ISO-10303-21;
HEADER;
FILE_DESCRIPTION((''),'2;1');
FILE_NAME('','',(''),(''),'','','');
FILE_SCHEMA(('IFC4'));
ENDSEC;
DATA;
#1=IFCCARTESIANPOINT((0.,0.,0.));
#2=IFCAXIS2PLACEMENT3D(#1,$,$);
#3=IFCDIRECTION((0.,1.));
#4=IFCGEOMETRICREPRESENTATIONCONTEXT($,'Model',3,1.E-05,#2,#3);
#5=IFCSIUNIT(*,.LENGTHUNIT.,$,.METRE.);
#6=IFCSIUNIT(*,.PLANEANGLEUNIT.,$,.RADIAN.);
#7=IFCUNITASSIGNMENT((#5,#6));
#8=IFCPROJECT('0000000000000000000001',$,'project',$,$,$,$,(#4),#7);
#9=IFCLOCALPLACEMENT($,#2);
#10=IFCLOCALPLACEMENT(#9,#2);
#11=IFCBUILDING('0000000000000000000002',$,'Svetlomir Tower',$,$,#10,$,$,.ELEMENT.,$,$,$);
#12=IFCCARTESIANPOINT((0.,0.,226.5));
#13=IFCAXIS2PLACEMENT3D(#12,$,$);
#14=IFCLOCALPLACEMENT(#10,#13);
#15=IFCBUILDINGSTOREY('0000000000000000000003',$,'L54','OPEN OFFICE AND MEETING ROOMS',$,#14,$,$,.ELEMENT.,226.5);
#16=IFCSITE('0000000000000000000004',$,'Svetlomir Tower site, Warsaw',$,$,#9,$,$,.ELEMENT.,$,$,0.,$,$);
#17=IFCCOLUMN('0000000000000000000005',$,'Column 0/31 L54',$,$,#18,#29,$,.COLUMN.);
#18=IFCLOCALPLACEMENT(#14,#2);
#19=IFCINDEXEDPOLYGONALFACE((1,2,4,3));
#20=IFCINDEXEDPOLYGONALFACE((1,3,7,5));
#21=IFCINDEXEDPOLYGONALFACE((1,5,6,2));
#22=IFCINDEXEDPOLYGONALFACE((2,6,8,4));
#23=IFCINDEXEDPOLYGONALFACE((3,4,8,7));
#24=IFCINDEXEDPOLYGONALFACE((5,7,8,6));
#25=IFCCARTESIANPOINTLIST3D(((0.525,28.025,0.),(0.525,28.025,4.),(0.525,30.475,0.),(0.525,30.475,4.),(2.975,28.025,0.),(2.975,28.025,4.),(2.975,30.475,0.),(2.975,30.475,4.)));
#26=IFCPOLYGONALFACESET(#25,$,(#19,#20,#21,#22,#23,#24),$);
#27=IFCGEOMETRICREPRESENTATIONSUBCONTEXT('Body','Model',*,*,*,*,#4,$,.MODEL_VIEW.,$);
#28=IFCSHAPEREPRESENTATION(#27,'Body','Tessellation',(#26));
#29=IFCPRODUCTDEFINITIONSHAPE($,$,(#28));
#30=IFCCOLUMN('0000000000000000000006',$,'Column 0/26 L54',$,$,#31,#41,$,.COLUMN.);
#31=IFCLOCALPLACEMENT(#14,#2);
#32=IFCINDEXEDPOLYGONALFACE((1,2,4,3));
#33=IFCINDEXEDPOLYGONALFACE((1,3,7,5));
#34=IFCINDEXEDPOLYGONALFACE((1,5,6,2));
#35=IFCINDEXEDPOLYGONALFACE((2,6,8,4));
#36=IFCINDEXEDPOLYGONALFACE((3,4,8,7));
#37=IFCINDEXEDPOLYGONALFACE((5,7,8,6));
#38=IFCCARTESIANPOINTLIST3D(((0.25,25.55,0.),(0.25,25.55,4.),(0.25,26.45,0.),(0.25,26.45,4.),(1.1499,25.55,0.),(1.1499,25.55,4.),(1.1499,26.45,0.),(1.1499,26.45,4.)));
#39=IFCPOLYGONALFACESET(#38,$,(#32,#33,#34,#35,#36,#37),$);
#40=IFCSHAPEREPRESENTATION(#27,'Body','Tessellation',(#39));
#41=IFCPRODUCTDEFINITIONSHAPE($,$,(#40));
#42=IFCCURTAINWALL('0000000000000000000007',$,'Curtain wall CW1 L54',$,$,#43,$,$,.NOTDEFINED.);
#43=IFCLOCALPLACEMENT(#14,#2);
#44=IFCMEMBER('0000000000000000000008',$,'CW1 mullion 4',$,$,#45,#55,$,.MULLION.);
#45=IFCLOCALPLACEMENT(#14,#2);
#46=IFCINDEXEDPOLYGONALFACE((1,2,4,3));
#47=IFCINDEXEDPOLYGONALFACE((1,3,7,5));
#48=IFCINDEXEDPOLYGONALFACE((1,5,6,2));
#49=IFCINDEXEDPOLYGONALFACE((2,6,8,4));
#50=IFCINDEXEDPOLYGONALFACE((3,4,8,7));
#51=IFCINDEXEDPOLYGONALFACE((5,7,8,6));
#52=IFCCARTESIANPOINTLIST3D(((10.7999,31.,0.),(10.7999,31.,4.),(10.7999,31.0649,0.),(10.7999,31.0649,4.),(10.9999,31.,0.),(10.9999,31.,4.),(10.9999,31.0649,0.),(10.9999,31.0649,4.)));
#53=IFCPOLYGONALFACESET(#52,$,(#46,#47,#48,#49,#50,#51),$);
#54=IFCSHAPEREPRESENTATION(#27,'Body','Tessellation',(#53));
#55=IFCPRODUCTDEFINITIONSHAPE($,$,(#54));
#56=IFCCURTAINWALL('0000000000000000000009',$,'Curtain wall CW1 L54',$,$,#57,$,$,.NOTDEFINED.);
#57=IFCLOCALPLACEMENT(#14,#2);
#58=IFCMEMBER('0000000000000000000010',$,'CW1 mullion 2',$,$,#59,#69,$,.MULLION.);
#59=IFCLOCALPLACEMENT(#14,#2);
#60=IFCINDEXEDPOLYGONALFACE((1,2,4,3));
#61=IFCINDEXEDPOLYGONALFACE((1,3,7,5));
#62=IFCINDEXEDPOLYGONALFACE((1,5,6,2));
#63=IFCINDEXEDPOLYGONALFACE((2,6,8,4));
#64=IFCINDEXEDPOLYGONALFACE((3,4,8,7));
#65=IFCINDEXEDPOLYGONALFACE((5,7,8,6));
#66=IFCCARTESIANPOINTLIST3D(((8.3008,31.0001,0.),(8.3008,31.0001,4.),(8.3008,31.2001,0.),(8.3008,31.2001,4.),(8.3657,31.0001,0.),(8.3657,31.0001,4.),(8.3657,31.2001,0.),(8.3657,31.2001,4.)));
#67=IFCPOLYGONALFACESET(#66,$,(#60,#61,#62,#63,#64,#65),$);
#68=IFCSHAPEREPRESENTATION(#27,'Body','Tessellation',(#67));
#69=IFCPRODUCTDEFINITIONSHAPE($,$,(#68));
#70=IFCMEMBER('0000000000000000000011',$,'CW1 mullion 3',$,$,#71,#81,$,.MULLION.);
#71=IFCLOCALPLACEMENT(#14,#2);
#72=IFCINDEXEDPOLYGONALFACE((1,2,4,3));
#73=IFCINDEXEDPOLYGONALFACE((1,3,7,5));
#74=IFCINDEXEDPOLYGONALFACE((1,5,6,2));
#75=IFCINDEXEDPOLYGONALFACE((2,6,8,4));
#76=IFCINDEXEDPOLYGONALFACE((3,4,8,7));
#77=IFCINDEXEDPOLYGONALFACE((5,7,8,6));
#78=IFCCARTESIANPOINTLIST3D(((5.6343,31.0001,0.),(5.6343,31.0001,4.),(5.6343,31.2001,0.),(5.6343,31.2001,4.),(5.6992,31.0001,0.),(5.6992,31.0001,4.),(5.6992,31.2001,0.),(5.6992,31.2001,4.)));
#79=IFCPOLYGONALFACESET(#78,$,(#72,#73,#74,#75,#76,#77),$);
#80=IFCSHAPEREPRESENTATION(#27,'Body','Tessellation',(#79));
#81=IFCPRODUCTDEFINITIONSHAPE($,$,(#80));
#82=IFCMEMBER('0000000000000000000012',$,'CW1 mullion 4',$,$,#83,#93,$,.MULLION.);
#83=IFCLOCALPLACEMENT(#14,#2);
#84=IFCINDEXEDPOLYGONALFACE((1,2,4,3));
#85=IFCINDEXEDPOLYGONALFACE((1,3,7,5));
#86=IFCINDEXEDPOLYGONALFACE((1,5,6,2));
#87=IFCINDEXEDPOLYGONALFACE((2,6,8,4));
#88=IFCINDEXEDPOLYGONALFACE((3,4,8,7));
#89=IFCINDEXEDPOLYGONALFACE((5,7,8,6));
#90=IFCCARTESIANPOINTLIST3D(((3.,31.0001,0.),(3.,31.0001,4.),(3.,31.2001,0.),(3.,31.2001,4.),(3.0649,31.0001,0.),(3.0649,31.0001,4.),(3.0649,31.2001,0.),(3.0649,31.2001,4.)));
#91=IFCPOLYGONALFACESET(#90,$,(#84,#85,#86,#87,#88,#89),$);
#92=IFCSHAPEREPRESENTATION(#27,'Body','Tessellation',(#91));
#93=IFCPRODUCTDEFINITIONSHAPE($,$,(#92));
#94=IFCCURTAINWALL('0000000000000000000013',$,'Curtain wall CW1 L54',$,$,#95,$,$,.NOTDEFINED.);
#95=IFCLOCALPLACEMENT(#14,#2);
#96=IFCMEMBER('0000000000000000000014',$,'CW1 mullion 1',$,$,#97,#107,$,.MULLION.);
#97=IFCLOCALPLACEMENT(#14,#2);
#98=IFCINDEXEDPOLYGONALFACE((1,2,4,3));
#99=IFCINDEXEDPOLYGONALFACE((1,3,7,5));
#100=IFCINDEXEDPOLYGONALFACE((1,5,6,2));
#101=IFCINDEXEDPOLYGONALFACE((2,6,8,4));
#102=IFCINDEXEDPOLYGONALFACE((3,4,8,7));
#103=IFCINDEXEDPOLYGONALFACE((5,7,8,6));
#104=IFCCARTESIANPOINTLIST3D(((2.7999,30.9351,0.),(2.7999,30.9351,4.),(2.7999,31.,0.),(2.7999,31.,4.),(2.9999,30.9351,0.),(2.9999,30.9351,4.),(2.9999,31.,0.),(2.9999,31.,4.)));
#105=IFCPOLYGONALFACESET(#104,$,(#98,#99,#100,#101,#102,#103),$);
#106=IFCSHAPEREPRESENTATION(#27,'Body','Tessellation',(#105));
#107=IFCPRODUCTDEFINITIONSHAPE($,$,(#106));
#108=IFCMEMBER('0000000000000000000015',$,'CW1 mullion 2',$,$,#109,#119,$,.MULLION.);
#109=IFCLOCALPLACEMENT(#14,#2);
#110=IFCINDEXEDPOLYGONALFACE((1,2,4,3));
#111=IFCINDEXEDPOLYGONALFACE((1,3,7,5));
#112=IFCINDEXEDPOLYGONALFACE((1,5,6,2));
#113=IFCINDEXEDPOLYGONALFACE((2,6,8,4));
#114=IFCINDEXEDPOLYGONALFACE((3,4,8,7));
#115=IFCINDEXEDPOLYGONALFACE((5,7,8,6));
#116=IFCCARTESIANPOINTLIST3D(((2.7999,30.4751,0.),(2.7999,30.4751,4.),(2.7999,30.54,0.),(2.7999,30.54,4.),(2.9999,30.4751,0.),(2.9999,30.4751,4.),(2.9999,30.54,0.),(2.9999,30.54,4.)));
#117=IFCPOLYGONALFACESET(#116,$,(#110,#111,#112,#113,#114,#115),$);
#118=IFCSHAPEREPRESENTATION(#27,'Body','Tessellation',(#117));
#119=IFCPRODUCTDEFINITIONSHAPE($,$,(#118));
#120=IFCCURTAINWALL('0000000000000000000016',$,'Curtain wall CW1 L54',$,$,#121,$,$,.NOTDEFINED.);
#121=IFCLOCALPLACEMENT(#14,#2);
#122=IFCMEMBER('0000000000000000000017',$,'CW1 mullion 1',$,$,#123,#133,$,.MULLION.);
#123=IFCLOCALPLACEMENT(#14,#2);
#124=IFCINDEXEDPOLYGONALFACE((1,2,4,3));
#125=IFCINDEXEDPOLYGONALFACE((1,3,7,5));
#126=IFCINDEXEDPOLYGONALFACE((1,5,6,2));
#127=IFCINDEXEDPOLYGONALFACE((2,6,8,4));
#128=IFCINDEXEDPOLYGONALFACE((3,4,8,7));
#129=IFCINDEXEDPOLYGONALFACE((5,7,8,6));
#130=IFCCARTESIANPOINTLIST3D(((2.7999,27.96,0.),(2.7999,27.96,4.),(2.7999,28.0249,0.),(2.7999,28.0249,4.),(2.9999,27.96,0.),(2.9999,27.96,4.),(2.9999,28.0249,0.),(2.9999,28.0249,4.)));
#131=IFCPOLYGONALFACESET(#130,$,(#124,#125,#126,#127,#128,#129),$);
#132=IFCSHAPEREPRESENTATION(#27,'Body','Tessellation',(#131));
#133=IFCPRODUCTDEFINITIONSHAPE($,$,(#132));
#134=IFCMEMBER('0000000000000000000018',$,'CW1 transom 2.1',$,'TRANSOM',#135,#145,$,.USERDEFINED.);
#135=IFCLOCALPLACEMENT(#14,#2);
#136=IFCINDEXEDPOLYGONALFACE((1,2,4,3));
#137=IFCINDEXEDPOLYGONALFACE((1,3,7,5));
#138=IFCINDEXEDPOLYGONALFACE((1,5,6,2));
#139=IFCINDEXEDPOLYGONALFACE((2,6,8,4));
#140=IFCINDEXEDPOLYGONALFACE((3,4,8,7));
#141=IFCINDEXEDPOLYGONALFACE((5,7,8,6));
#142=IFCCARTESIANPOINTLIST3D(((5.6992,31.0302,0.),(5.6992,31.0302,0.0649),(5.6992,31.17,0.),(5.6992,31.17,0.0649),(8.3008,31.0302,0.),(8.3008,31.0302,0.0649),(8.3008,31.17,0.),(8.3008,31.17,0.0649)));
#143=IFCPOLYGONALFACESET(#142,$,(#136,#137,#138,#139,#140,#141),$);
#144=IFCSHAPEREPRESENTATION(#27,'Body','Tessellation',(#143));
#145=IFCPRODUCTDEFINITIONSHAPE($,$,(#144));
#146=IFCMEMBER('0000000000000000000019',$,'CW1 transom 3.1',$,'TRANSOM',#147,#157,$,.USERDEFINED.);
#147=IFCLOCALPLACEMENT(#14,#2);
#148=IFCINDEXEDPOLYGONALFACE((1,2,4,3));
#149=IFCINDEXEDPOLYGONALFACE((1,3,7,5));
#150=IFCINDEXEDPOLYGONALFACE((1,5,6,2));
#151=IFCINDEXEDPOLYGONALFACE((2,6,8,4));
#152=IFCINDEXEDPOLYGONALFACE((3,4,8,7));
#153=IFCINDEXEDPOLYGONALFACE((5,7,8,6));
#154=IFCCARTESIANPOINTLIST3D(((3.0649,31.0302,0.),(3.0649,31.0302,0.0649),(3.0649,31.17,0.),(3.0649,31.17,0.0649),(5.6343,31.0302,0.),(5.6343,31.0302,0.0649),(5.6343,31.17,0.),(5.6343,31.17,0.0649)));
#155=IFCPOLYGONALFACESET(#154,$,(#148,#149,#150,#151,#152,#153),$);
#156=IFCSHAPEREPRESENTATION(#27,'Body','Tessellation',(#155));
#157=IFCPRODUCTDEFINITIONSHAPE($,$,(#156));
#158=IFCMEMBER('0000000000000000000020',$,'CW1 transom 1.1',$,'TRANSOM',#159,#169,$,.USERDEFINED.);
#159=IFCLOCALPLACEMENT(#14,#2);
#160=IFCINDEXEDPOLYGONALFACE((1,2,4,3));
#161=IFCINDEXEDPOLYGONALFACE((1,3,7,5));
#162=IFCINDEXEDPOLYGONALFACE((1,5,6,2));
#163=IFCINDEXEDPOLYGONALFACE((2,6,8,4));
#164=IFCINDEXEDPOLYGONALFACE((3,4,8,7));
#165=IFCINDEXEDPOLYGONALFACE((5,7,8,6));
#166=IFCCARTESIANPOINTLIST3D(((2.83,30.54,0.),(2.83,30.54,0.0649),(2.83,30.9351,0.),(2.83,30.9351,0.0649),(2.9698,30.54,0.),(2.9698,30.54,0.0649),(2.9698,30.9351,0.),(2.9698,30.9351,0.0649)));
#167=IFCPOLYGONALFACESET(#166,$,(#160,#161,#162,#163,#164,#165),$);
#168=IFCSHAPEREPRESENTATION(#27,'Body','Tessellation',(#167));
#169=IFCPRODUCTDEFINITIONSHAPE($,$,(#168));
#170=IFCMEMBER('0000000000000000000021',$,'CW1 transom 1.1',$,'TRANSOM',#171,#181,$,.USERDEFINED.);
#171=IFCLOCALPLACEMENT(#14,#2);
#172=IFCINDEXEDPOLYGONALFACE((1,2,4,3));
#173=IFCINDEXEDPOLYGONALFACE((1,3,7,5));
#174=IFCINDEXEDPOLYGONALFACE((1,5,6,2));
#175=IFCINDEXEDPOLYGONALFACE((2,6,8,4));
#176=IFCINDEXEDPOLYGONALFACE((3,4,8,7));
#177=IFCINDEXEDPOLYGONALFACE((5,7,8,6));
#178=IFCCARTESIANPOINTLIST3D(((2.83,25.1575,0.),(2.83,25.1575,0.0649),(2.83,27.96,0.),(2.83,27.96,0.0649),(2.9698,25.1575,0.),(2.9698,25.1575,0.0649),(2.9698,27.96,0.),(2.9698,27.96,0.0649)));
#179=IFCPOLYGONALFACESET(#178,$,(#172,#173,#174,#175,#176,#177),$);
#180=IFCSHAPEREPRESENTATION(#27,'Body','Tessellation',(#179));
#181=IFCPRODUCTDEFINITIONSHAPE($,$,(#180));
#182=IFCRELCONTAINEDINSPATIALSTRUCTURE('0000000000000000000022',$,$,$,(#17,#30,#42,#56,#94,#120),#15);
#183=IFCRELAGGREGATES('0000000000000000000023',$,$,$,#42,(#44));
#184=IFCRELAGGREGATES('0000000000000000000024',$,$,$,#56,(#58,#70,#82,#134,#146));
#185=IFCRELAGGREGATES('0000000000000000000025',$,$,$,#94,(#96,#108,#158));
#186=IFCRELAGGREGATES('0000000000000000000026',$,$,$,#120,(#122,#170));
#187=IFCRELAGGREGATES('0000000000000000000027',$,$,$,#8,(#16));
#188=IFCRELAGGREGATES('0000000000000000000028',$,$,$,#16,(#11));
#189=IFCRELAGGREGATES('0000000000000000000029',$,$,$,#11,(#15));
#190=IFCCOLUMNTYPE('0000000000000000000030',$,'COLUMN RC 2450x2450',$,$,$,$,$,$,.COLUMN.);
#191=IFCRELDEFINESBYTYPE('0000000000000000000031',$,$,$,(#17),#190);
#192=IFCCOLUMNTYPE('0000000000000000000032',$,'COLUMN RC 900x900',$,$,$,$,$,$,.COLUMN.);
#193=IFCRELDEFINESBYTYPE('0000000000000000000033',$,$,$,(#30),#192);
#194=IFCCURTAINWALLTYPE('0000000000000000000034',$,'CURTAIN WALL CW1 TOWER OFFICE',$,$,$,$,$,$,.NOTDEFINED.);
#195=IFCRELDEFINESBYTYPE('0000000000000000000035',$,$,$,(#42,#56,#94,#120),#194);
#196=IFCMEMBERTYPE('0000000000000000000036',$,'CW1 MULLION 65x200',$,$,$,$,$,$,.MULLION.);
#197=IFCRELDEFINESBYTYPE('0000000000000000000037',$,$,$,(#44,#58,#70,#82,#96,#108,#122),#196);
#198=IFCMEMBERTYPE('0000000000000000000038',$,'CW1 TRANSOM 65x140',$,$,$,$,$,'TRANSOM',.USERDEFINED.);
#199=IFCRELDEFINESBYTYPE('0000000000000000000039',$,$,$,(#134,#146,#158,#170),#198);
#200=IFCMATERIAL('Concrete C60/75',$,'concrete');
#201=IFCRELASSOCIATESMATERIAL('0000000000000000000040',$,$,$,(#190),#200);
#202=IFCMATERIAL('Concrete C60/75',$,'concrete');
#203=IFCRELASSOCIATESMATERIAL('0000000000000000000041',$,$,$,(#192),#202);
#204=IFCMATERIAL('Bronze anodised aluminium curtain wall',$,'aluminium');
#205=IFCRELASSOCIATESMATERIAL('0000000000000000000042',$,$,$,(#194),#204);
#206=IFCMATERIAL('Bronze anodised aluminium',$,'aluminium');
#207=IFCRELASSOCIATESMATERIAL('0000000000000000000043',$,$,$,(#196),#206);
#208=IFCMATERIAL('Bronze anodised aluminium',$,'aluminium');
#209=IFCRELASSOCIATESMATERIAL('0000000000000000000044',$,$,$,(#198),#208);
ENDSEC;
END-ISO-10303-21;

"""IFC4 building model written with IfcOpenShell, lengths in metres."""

from ifc_helpers import new_model, si_unit, direction, frame, origin, origin_2d, place, context, subcontext, project, spatial, rectangle, extrude, material, material_profile, profile_set, type_object, element, aggregate, save


model = new_model("IFC4")

# Units and contexts
model_context = context("Model", 3, precision=1e-05, world=origin(), true_north=direction((0.0, 1.0)))
body_context = subcontext(model_context, "Body", "Model", "MODEL_VIEW")
ifc_project = project(units=[si_unit("LENGTHUNIT", "METRE"), si_unit("PLANEANGLEUNIT", "RADIAN")], contexts=[model_context])

# Site, building, storey
site_placement = place(None, origin())
site = spatial("IfcSite", under=ifc_project, at=site_placement, Name="Svetlomir Tower site, Warsaw", CompositionType="ELEMENT", RefElevation=0.0)
building_placement = place(site_placement, origin())
building = spatial("IfcBuilding", under=site, at=building_placement, Name="Svetlomir Tower", CompositionType="ELEMENT")
storey_placement = place(building_placement, frame((0.0, 0.0, 226.5)))
storey = spatial("IfcBuildingStorey", under=building, at=storey_placement, Name="L54", Description="OPEN OFFICE AND MEETING ROOMS", CompositionType="ELEMENT", Elevation=226.5)

# Columns
ifc_material_1 = material(Name="Concrete C60/75", Category="concrete")
ifc_material_profile_1 = material_profile(ifc_material_1, rectangle(XDim=2.45, YDim=2.45, at=origin_2d()), Name="RC 2450x2450")
ifc_profile_set_1 = profile_set([ifc_material_profile_1], Name="Concrete C60/75")
column_type_1 = type_object("IfcColumnType", Name="COLUMN RC 2450x2450", PredefinedType="COLUMN", material=ifc_profile_set_1)
column_1_placement = place(storey_placement, frame((1.75, 29.25, 0.0), z_axis=(0.0, 0.0, 1.0), x_axis=(1.0, 0.0, 0.0)))
element("IfcColumn", 1, at=column_1_placement, inside=storey, type_object=column_type_1, Name="Column 0/31 L54", PredefinedType="COLUMN", context=body_context, shape_type="SweptSolid", body=[
    extrude(rectangle(XDim=2.45, YDim=2.45, at=origin_2d()), origin(), (0.0, 0.0, 1.0), 4.0),
])
ifc_material_2 = material(Name="Concrete C60/75", Category="concrete")
ifc_material_profile_2 = material_profile(ifc_material_2, rectangle(XDim=0.8999, YDim=0.8999, at=origin_2d()), Name="RC 900x900")
ifc_profile_set_2 = profile_set([ifc_material_profile_2], Name="Concrete C60/75")
column_type_2 = type_object("IfcColumnType", Name="COLUMN RC 900x900", PredefinedType="COLUMN", material=ifc_profile_set_2)
column_2_placement = place(storey_placement, frame((0.7, 26.0, 0.0), z_axis=(0.0, 0.0, 1.0), x_axis=(1.0, 0.0, 0.0)))
element("IfcColumn", 2, at=column_2_placement, inside=storey, type_object=column_type_2, Name="Column 0/26 L54", PredefinedType="COLUMN", context=body_context, shape_type="SweptSolid", body=[
    extrude(rectangle(XDim=0.8999, YDim=0.8999, at=origin_2d()), origin(), (0.0, 0.0, 1.0), 4.0),
])

# Curtain wall, member
ifc_material_3 = material(Name="Bronze anodised aluminium curtain wall", Category="aluminium")
curtain_wall_type = type_object("IfcCurtainWallType", Name="CURTAIN WALL CW1 TOWER OFFICE", PredefinedType="NOTDEFINED", material=ifc_material_3)
curtain_wall_1_placement = place(storey_placement, origin())
curtain_wall_1 = element("IfcCurtainWall", 3, at=curtain_wall_1_placement, inside=storey, type_object=curtain_wall_type, Name="Curtain wall CW1 L54", PredefinedType="NOTDEFINED")
ifc_material_4 = material(Name="Bronze anodised aluminium", Category="aluminium")
ifc_material_profile_3 = material_profile(ifc_material_4, rectangle(XDim=0.0649, YDim=0.2, at=origin_2d()), Name="AL 65x200")
ifc_profile_set_3 = profile_set([ifc_material_profile_3], Name="Bronze anodised aluminium 6063-T6")
member_type_1 = type_object("IfcMemberType", Name="CW1 MULLION 65x200", PredefinedType="MULLION", material=ifc_profile_set_3)
member_1_placement = place(storey_placement, frame((10.8999, 31.0325, 0.0), z_axis=(0.0, 0.0, 1.0), x_axis=(0.0, -1.0, 0.0)))
member_1 = element("IfcMember", 4, at=member_1_placement, type_object=member_type_1, Name="CW1 mullion 4", PredefinedType="MULLION", context=body_context, shape_type="SweptSolid", body=[
    extrude(rectangle(XDim=0.0649, YDim=0.2, at=origin_2d()), origin(), (0.0, 0.0, 1.0), 4.0),
])
aggregate(curtain_wall_1, [member_1])

# Curtain walls, members
curtain_wall_2_placement = place(storey_placement, origin())
curtain_wall_2 = element("IfcCurtainWall", 5, at=curtain_wall_2_placement, inside=storey, type_object=curtain_wall_type, Name="Curtain wall CW1 L54", PredefinedType="NOTDEFINED")
member_2_placement = place(storey_placement, frame((8.3333, 31.1001, 0.0), z_axis=(0.0, 0.0, 1.0), x_axis=(-1.0, 0.0, 0.0)))
member_2 = element("IfcMember", 6, at=member_2_placement, type_object=member_type_1, Name="CW1 mullion 2", PredefinedType="MULLION", context=body_context, shape_type="SweptSolid", body=[
    extrude(rectangle(XDim=0.0649, YDim=0.2, at=origin_2d()), origin(), (0.0, 0.0, 1.0), 4.0),
])
member_3_placement = place(storey_placement, frame((5.6667, 31.1001, 0.0), z_axis=(0.0, 0.0, 1.0), x_axis=(-1.0, 0.0, 0.0)))
member_3 = element("IfcMember", 7, at=member_3_placement, type_object=member_type_1, Name="CW1 mullion 3", PredefinedType="MULLION", context=body_context, shape_type="SweptSolid", body=[
    extrude(rectangle(XDim=0.0649, YDim=0.2, at=origin_2d()), origin(), (0.0, 0.0, 1.0), 4.0),
])
member_4_placement = place(storey_placement, frame((3.0325, 31.1001, 0.0), z_axis=(0.0, 0.0, 1.0), x_axis=(-1.0, 0.0, 0.0)))
member_4 = element("IfcMember", 8, at=member_4_placement, type_object=member_type_1, Name="CW1 mullion 4", PredefinedType="MULLION", context=body_context, shape_type="SweptSolid", body=[
    extrude(rectangle(XDim=0.0649, YDim=0.2, at=origin_2d()), origin(), (0.0, 0.0, 1.0), 4.0),
])
curtain_wall_3_placement = place(storey_placement, origin())
curtain_wall_3 = element("IfcCurtainWall", 9, at=curtain_wall_3_placement, inside=storey, type_object=curtain_wall_type, Name="Curtain wall CW1 L54", PredefinedType="NOTDEFINED")
member_5_placement = place(storey_placement, frame((2.8999, 30.9675, 0.0), z_axis=(0.0, 0.0, 1.0), x_axis=(0.0, -1.0, 0.0)))
member_5 = element("IfcMember", 10, at=member_5_placement, type_object=member_type_1, Name="CW1 mullion 1", PredefinedType="MULLION", context=body_context, shape_type="SweptSolid", body=[
    extrude(rectangle(XDim=0.0649, YDim=0.2, at=origin_2d()), origin(), (0.0, 0.0, 1.0), 4.0),
])
member_6_placement = place(storey_placement, frame((2.8999, 30.5076, 0.0), z_axis=(0.0, 0.0, 1.0), x_axis=(0.0, -1.0, 0.0)))
member_6 = element("IfcMember", 11, at=member_6_placement, type_object=member_type_1, Name="CW1 mullion 2", PredefinedType="MULLION", context=body_context, shape_type="SweptSolid", body=[
    extrude(rectangle(XDim=0.0649, YDim=0.2, at=origin_2d()), origin(), (0.0, 0.0, 1.0), 4.0),
])

# Curtain wall, member
curtain_wall_4_placement = place(storey_placement, origin())
curtain_wall_4 = element("IfcCurtainWall", 12, at=curtain_wall_4_placement, inside=storey, type_object=curtain_wall_type, Name="Curtain wall CW1 L54", PredefinedType="NOTDEFINED")
member_7_placement = place(storey_placement, frame((2.8999, 27.9924, 0.0), z_axis=(0.0, 0.0, 1.0), x_axis=(0.0, -1.0, 0.0)))
member_7 = element("IfcMember", 13, at=member_7_placement, type_object=member_type_1, Name="CW1 mullion 1", PredefinedType="MULLION", context=body_context, shape_type="SweptSolid", body=[
    extrude(rectangle(XDim=0.0649, YDim=0.2, at=origin_2d()), origin(), (0.0, 0.0, 1.0), 4.0),
])

# Members
ifc_material_5 = material(Name="Bronze anodised aluminium", Category="aluminium")
ifc_material_profile_4 = material_profile(ifc_material_5, rectangle(XDim=0.1399, YDim=0.0649, at=origin_2d()), Name="AL 140x65")
ifc_profile_set_4 = profile_set([ifc_material_profile_4], Name="Bronze anodised aluminium 6063-T6")
member_type_2 = type_object("IfcMemberType", Name="CW1 TRANSOM 65x140", ElementType="TRANSOM", PredefinedType="USERDEFINED", material=ifc_profile_set_4)
member_8_placement = place(storey_placement, frame((8.3008, 31.1001, 0.0325), z_axis=(-1.0, 0.0, 0.0), x_axis=(0.0, -1.0, 0.0)))
member_8 = element("IfcMember", 14, at=member_8_placement, type_object=member_type_2, Name="CW1 transom 2.1", ObjectType="TRANSOM", PredefinedType="USERDEFINED", context=body_context, shape_type="SweptSolid", body=[
    extrude(rectangle(XDim=0.1399, YDim=0.0649, at=origin_2d()), origin(), (0.0, 0.0, 1.0), 2.6016),
])
member_9_placement = place(storey_placement, frame((5.6343, 31.1001, 0.0325), z_axis=(-1.0, 0.0, 0.0), x_axis=(0.0, -1.0, 0.0)))
member_9 = element("IfcMember", 15, at=member_9_placement, type_object=member_type_2, Name="CW1 transom 3.1", ObjectType="TRANSOM", PredefinedType="USERDEFINED", context=body_context, shape_type="SweptSolid", body=[
    extrude(rectangle(XDim=0.1399, YDim=0.0649, at=origin_2d()), origin(), (0.0, 0.0, 1.0), 2.5693),
])
member_10_placement = place(storey_placement, frame((2.8999, 30.9351, 0.0325), z_axis=(0.0, -1.0, 0.0), x_axis=(1.0, 0.0, 0.0)))
member_10 = element("IfcMember", 16, at=member_10_placement, type_object=member_type_2, Name="CW1 transom 1.1", ObjectType="TRANSOM", PredefinedType="USERDEFINED", context=body_context, shape_type="SweptSolid", body=[
    extrude(rectangle(XDim=0.1399, YDim=0.0649, at=origin_2d()), origin(), (0.0, 0.0, 1.0), 0.395),
])
member_11_placement = place(storey_placement, frame((2.8999, 27.96, 0.0325), z_axis=(0.0, -1.0, 0.0), x_axis=(1.0, 0.0, 0.0)))
member_11 = element("IfcMember", 17, at=member_11_placement, type_object=member_type_2, Name="CW1 transom 1.1", ObjectType="TRANSOM", PredefinedType="USERDEFINED", context=body_context, shape_type="SweptSolid", body=[
    extrude(rectangle(XDim=0.1399, YDim=0.0649, at=origin_2d()), origin(), (0.0, 0.0, 1.0), 2.8025),
])

aggregate(curtain_wall_2, [member_2, member_3, member_4, member_8, member_9])
aggregate(curtain_wall_3, [member_5, member_6, member_10])
aggregate(curtain_wall_4, [member_7, member_11])

save(model, "model.ifc")
